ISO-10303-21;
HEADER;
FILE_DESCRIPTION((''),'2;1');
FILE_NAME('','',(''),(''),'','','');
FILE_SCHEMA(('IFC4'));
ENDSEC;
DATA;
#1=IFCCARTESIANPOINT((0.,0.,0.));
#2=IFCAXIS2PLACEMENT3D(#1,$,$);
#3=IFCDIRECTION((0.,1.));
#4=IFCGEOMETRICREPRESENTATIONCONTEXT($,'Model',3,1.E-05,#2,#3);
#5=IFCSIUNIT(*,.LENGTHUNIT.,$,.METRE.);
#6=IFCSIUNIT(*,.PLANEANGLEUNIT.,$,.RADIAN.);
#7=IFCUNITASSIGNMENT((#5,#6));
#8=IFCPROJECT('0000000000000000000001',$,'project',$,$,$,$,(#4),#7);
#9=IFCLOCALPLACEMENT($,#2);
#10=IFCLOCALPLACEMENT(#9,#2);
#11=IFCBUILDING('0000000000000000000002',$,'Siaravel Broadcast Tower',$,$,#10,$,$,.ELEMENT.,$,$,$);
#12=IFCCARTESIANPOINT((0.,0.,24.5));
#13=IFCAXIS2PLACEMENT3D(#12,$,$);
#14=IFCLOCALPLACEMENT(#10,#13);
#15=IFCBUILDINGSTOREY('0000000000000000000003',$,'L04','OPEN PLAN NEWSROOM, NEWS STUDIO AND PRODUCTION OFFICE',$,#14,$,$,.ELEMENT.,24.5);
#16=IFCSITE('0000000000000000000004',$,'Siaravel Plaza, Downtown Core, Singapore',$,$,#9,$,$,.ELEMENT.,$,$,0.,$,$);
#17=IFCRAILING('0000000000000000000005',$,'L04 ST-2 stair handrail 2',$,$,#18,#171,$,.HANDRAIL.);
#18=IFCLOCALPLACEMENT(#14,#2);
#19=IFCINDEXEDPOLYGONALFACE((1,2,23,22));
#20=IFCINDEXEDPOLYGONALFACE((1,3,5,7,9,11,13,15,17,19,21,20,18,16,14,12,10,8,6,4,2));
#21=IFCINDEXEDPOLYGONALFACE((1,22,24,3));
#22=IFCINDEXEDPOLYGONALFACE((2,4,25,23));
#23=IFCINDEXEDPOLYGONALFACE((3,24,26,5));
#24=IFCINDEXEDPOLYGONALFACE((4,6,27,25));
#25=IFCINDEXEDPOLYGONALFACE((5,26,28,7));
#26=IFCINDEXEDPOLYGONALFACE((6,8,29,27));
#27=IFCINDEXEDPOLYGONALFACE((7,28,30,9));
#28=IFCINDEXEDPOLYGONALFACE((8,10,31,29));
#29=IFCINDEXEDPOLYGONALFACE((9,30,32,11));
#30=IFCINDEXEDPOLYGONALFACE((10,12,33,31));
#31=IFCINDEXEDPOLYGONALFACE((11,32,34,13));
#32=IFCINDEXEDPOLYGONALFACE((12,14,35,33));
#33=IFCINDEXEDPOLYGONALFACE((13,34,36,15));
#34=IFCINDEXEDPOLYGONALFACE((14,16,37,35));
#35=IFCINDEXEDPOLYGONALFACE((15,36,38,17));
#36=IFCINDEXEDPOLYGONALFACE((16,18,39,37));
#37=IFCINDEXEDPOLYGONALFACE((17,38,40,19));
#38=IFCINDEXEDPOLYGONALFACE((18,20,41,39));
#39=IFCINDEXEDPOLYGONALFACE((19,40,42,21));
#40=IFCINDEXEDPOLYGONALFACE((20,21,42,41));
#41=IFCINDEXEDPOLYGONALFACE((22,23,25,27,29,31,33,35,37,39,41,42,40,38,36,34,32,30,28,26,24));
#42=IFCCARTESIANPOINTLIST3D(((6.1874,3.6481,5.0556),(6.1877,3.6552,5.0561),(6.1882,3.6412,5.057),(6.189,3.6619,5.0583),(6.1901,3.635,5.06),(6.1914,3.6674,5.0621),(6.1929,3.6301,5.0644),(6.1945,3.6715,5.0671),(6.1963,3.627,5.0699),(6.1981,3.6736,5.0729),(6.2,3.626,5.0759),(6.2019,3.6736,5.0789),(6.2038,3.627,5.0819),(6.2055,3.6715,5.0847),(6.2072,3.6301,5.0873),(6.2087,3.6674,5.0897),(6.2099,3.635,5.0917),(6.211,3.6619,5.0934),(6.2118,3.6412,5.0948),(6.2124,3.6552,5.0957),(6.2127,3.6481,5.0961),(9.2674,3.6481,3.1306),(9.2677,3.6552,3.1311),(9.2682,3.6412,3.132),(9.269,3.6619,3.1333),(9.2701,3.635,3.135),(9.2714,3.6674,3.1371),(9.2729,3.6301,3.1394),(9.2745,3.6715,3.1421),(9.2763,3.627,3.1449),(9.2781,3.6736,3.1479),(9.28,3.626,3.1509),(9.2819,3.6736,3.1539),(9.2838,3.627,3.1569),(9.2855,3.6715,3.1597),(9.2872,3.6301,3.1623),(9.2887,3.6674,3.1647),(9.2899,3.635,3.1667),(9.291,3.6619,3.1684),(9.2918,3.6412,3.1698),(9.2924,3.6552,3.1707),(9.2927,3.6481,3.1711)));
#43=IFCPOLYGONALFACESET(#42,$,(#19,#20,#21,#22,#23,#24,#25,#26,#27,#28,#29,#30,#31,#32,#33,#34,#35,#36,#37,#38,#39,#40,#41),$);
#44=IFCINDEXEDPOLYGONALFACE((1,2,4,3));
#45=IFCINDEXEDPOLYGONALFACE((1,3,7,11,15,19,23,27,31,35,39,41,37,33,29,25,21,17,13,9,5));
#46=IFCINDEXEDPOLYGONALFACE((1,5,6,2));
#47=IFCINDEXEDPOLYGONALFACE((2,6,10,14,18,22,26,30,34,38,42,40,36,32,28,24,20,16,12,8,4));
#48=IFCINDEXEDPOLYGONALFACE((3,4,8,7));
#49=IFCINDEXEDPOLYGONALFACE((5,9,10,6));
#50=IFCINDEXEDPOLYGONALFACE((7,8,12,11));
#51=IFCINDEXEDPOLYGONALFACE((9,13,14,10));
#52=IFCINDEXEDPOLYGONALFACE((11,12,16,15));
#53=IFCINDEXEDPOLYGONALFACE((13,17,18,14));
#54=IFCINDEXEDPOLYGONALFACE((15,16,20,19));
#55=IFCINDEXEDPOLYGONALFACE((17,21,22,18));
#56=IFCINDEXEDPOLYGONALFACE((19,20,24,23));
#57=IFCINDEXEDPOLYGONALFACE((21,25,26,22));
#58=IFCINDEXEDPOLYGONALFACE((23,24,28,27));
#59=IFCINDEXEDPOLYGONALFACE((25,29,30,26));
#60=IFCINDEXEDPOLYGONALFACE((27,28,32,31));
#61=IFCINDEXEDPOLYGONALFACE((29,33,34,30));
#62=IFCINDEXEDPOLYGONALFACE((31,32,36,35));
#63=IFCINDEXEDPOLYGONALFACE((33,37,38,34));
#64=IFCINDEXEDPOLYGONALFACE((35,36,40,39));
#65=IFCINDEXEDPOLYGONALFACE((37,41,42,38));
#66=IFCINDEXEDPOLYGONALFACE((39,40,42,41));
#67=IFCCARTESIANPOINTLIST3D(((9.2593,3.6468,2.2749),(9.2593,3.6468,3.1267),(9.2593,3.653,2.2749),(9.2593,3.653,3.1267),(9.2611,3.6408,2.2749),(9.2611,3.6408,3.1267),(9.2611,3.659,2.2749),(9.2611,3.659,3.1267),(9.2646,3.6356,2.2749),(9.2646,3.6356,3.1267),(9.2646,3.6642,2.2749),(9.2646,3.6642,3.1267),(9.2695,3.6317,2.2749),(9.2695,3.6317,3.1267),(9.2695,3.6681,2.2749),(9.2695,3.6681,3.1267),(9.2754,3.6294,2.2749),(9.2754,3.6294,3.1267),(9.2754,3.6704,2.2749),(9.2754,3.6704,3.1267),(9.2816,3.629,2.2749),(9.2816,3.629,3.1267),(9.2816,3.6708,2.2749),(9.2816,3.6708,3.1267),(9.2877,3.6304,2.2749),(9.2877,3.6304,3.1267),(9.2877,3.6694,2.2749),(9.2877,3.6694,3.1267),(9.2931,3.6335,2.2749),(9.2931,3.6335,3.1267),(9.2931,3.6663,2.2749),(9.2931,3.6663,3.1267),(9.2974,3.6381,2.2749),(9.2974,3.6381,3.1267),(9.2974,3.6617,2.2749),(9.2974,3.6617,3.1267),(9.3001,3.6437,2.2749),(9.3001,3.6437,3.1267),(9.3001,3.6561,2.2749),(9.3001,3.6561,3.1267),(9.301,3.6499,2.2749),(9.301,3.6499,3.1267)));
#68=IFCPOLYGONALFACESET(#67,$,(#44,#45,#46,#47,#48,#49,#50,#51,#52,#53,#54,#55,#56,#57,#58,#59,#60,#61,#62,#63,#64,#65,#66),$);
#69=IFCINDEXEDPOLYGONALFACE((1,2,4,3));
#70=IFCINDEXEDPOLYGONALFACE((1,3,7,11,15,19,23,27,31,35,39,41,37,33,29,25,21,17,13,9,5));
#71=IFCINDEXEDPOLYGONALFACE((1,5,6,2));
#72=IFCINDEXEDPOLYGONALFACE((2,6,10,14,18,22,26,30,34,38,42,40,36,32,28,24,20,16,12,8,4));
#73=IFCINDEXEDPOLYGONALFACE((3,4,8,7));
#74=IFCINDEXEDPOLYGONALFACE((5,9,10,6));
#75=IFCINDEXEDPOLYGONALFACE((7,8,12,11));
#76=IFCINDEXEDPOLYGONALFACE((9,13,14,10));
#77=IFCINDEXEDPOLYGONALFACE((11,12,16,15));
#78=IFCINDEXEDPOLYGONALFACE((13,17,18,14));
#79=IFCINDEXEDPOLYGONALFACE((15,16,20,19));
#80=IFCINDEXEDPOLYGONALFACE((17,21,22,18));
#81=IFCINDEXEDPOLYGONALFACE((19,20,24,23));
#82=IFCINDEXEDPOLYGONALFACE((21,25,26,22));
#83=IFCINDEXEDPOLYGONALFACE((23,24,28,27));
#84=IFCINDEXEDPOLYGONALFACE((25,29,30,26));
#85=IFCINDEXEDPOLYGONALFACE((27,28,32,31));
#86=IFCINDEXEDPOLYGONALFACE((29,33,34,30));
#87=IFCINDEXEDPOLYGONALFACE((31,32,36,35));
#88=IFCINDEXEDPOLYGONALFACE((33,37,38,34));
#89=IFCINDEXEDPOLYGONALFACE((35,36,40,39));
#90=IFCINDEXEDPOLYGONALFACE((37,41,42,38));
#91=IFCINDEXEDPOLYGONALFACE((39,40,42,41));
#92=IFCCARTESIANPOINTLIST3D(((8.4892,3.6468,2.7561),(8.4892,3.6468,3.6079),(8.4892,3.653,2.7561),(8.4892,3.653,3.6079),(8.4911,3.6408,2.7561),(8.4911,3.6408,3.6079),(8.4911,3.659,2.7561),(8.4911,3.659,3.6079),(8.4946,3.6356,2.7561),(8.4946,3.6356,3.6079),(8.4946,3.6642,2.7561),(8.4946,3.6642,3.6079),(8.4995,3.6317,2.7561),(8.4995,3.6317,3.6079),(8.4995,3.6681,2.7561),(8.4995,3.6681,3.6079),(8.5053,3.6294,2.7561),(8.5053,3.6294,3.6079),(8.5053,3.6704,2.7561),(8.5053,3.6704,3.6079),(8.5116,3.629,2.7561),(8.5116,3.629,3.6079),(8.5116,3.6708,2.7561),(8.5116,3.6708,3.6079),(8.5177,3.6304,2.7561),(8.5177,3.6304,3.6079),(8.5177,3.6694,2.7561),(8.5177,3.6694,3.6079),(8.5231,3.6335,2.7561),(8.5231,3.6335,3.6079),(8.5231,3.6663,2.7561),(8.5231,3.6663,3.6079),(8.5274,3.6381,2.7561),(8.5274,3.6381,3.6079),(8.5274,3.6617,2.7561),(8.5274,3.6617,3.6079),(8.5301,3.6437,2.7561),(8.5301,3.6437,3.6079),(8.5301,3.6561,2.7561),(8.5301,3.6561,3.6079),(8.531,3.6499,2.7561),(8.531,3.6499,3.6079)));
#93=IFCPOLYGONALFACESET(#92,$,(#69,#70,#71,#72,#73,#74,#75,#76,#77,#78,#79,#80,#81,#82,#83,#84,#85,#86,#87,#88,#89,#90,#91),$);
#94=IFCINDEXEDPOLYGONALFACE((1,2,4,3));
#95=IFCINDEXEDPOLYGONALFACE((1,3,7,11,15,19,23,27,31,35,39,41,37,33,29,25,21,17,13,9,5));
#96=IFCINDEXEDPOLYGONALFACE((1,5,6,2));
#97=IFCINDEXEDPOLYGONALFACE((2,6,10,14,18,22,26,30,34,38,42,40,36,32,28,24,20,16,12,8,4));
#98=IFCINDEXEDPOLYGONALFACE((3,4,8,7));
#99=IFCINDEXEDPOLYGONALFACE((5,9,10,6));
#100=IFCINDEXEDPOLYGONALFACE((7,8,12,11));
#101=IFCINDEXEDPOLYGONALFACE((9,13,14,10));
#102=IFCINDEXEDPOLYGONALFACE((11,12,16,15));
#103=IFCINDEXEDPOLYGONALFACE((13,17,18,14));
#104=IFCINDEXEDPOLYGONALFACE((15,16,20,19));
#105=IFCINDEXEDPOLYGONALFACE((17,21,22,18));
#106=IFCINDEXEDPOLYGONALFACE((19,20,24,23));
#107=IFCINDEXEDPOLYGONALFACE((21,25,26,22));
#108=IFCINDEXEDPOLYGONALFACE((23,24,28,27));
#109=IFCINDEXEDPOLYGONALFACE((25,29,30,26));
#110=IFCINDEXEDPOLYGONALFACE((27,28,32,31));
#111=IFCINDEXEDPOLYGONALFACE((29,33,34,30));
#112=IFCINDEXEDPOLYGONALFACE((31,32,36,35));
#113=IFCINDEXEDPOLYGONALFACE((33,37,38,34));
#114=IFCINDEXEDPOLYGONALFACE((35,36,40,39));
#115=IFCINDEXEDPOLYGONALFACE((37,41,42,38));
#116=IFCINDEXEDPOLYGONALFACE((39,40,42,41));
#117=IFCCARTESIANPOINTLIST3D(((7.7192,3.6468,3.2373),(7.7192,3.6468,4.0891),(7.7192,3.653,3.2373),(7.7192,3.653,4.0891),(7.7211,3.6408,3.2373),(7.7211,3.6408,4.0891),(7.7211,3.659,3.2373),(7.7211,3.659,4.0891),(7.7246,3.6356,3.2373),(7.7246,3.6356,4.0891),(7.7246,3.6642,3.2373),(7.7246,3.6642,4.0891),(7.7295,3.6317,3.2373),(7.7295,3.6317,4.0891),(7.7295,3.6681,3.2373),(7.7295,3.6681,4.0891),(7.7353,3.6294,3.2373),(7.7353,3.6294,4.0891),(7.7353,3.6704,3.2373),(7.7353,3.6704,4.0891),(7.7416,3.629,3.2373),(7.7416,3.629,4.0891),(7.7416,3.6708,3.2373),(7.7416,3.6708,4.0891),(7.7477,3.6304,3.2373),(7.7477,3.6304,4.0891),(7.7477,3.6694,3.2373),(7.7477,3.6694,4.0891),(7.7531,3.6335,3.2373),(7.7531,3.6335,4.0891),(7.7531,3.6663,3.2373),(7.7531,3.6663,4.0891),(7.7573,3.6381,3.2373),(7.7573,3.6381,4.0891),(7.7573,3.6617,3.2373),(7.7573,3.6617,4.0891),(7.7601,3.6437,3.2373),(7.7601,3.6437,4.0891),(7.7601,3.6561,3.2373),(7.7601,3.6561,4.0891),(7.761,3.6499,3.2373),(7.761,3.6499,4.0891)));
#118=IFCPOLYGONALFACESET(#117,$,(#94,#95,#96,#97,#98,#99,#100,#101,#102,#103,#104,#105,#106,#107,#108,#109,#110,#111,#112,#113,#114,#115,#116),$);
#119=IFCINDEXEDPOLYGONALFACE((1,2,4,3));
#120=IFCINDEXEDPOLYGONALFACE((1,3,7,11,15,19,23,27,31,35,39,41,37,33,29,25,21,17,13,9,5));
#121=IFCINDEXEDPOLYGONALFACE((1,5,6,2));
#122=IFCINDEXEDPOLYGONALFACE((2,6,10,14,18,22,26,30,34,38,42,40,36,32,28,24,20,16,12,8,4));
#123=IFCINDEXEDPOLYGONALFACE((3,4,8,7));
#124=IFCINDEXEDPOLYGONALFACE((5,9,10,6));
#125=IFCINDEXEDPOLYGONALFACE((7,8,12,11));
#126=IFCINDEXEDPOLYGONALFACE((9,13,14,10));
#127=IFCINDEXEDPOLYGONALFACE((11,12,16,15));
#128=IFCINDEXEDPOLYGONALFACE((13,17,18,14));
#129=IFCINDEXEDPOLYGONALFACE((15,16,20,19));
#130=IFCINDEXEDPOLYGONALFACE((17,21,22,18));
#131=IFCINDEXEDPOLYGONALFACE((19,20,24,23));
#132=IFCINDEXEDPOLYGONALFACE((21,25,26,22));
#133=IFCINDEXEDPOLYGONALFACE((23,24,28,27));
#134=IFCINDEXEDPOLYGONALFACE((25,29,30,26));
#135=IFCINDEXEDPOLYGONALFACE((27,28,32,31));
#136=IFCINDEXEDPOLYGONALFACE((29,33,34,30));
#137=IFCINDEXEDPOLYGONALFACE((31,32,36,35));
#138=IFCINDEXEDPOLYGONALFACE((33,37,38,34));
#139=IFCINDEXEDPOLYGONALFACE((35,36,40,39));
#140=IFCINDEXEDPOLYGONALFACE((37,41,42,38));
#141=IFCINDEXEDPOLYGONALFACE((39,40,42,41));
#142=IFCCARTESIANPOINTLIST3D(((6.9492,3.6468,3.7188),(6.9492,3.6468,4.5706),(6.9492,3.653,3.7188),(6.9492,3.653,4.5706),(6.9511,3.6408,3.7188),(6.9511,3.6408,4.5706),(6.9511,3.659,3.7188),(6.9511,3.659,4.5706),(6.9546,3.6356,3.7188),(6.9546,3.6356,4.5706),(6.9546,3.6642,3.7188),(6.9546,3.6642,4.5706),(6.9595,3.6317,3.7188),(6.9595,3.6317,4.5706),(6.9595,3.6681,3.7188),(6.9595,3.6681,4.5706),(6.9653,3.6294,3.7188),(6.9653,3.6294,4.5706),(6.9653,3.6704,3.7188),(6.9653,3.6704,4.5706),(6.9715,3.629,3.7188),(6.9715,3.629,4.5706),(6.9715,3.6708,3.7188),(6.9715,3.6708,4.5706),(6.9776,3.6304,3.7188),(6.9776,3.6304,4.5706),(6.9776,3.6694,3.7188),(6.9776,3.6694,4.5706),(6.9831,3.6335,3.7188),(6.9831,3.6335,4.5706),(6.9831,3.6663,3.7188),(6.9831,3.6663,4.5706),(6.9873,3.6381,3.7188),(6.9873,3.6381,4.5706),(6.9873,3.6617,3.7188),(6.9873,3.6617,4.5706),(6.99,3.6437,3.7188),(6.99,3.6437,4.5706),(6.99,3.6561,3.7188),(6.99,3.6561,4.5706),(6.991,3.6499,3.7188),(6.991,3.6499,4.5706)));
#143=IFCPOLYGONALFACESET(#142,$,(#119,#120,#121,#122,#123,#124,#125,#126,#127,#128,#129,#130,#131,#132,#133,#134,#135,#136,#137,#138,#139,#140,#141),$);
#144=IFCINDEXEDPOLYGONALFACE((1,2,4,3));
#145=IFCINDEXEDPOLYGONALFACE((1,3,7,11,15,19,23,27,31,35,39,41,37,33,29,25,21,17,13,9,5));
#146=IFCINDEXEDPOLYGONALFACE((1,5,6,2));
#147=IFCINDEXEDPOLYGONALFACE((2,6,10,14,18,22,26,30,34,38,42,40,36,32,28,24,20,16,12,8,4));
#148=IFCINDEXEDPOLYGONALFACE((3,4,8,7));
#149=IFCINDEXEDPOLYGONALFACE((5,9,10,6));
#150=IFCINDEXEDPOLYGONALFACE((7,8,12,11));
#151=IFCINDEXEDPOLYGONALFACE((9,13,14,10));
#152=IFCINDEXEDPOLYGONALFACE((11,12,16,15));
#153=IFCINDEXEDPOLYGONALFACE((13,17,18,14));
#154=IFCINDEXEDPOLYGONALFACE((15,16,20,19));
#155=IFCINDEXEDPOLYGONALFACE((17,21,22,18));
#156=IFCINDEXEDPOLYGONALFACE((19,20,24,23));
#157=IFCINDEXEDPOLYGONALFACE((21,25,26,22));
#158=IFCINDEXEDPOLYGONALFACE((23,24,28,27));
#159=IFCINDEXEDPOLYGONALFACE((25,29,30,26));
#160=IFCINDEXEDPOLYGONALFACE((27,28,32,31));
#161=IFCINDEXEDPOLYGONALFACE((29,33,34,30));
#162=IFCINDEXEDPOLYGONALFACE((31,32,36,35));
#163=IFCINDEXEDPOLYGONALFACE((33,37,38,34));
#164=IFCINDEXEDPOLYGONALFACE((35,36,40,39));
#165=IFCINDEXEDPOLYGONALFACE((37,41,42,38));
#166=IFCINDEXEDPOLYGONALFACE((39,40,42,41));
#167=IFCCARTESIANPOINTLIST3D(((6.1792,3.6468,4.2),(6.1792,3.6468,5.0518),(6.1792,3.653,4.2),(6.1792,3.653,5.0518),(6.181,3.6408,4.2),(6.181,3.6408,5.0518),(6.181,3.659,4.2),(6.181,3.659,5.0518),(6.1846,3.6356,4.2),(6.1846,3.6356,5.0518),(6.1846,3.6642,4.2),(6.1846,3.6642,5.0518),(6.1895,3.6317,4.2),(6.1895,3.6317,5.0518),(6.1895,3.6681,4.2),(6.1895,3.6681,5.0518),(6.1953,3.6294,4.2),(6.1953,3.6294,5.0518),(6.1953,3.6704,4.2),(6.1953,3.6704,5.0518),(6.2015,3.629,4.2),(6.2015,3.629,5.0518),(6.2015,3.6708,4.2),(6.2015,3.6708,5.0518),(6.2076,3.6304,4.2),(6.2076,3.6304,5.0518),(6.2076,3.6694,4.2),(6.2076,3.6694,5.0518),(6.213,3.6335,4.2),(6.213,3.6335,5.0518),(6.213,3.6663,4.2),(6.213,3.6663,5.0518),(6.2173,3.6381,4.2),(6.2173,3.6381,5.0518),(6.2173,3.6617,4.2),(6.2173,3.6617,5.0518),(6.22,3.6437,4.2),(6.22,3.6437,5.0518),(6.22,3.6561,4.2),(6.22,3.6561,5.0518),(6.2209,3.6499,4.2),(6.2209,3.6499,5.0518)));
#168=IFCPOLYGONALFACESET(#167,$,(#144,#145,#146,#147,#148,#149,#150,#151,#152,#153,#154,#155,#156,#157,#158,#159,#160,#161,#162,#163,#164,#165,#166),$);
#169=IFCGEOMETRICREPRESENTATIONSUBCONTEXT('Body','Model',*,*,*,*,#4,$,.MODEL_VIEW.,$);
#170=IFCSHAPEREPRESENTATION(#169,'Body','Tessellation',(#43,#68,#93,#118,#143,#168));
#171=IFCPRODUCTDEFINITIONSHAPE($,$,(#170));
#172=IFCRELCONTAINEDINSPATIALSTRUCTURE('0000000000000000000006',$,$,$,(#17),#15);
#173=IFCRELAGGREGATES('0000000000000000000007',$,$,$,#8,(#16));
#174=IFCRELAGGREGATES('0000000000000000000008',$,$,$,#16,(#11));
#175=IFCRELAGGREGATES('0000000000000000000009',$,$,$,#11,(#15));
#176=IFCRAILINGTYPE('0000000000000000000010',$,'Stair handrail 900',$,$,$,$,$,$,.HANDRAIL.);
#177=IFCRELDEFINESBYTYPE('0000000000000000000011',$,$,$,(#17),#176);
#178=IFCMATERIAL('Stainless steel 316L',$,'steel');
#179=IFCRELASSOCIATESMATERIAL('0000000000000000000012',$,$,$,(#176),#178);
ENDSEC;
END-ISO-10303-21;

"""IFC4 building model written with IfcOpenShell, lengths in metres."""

from ifc_helpers import new_model, si_unit, direction, frame, origin, origin_2d, place, context, subcontext, project, spatial, circle, extrude, material, type_object, element, save


model = new_model("IFC4")

# Units and contexts
model_context = context("Model", 3, precision=1e-05, world=origin(), true_north=direction((0.0, 1.0)))
body_context = subcontext(model_context, "Body", "Model", "MODEL_VIEW")
ifc_project = project(units=[si_unit("LENGTHUNIT", "METRE"), si_unit("PLANEANGLEUNIT", "RADIAN")], contexts=[model_context])

# Site, building, storey
site_placement = place(None, origin())
site = spatial("IfcSite", under=ifc_project, at=site_placement, Name="Siaravel Plaza, Downtown Core, Singapore", CompositionType="ELEMENT", RefElevation=0.0)
building_placement = place(site_placement, origin())
building = spatial("IfcBuilding", under=site, at=building_placement, Name="Siaravel Broadcast Tower", CompositionType="ELEMENT")
storey_placement = place(building_placement, frame((0.0, 0.0, 24.5)))
storey = spatial("IfcBuildingStorey", under=building, at=storey_placement, Name="L04", Description="OPEN PLAN NEWSROOM, NEWS STUDIO AND PRODUCTION OFFICE", CompositionType="ELEMENT", Elevation=24.5)

# Railing
ifc_material_1 = material(Name="Stainless steel 316L", Category="steel")
railing_type_1 = type_object("IfcRailingType", Name="Stair handrail 900", PredefinedType="HANDRAIL", material=ifc_material_1)
railing_1_placement = place(storey_placement, frame((9.28, 3.6499, 2.2749)))
element("IfcRailing", 1, at=railing_1_placement, inside=storey, type_object=railing_type_1, Name="L04 ST-2 stair handrail 2", PredefinedType="HANDRAIL", context=body_context, shape_type="SweptSolid", body=[
    extrude(circle(Radius=0.0239, at=origin_2d()), frame((0.0, 0.0, 0.876), z_axis=(-0.847998, 0.0, 0.529999), x_axis=(0.0, -1.0, 0.0)), (0.0, 0.0, 1.0), 3.6321),
    extrude(circle(Radius=0.021, at=origin_2d()), origin(), (0.0, 0.0, 1.0), 0.8518),
    extrude(circle(Radius=0.021, at=origin_2d()), frame((-0.77, 0.0, 0.4812)), (0.0, 0.0, 1.0), 0.8518),
    extrude(circle(Radius=0.021, at=origin_2d()), frame((-1.54, 0.0, 0.9624)), (0.0, 0.0, 1.0), 0.8518),
    extrude(circle(Radius=0.021, at=origin_2d()), frame((-2.3101, 0.0, 1.4438)), (0.0, 0.0, 1.0), 0.8518),
    extrude(circle(Radius=0.021, at=origin_2d()), frame((-3.0801, 0.0, 1.925)), (0.0, 0.0, 1.0), 0.8518),
])

save(model, "model.ifc")
